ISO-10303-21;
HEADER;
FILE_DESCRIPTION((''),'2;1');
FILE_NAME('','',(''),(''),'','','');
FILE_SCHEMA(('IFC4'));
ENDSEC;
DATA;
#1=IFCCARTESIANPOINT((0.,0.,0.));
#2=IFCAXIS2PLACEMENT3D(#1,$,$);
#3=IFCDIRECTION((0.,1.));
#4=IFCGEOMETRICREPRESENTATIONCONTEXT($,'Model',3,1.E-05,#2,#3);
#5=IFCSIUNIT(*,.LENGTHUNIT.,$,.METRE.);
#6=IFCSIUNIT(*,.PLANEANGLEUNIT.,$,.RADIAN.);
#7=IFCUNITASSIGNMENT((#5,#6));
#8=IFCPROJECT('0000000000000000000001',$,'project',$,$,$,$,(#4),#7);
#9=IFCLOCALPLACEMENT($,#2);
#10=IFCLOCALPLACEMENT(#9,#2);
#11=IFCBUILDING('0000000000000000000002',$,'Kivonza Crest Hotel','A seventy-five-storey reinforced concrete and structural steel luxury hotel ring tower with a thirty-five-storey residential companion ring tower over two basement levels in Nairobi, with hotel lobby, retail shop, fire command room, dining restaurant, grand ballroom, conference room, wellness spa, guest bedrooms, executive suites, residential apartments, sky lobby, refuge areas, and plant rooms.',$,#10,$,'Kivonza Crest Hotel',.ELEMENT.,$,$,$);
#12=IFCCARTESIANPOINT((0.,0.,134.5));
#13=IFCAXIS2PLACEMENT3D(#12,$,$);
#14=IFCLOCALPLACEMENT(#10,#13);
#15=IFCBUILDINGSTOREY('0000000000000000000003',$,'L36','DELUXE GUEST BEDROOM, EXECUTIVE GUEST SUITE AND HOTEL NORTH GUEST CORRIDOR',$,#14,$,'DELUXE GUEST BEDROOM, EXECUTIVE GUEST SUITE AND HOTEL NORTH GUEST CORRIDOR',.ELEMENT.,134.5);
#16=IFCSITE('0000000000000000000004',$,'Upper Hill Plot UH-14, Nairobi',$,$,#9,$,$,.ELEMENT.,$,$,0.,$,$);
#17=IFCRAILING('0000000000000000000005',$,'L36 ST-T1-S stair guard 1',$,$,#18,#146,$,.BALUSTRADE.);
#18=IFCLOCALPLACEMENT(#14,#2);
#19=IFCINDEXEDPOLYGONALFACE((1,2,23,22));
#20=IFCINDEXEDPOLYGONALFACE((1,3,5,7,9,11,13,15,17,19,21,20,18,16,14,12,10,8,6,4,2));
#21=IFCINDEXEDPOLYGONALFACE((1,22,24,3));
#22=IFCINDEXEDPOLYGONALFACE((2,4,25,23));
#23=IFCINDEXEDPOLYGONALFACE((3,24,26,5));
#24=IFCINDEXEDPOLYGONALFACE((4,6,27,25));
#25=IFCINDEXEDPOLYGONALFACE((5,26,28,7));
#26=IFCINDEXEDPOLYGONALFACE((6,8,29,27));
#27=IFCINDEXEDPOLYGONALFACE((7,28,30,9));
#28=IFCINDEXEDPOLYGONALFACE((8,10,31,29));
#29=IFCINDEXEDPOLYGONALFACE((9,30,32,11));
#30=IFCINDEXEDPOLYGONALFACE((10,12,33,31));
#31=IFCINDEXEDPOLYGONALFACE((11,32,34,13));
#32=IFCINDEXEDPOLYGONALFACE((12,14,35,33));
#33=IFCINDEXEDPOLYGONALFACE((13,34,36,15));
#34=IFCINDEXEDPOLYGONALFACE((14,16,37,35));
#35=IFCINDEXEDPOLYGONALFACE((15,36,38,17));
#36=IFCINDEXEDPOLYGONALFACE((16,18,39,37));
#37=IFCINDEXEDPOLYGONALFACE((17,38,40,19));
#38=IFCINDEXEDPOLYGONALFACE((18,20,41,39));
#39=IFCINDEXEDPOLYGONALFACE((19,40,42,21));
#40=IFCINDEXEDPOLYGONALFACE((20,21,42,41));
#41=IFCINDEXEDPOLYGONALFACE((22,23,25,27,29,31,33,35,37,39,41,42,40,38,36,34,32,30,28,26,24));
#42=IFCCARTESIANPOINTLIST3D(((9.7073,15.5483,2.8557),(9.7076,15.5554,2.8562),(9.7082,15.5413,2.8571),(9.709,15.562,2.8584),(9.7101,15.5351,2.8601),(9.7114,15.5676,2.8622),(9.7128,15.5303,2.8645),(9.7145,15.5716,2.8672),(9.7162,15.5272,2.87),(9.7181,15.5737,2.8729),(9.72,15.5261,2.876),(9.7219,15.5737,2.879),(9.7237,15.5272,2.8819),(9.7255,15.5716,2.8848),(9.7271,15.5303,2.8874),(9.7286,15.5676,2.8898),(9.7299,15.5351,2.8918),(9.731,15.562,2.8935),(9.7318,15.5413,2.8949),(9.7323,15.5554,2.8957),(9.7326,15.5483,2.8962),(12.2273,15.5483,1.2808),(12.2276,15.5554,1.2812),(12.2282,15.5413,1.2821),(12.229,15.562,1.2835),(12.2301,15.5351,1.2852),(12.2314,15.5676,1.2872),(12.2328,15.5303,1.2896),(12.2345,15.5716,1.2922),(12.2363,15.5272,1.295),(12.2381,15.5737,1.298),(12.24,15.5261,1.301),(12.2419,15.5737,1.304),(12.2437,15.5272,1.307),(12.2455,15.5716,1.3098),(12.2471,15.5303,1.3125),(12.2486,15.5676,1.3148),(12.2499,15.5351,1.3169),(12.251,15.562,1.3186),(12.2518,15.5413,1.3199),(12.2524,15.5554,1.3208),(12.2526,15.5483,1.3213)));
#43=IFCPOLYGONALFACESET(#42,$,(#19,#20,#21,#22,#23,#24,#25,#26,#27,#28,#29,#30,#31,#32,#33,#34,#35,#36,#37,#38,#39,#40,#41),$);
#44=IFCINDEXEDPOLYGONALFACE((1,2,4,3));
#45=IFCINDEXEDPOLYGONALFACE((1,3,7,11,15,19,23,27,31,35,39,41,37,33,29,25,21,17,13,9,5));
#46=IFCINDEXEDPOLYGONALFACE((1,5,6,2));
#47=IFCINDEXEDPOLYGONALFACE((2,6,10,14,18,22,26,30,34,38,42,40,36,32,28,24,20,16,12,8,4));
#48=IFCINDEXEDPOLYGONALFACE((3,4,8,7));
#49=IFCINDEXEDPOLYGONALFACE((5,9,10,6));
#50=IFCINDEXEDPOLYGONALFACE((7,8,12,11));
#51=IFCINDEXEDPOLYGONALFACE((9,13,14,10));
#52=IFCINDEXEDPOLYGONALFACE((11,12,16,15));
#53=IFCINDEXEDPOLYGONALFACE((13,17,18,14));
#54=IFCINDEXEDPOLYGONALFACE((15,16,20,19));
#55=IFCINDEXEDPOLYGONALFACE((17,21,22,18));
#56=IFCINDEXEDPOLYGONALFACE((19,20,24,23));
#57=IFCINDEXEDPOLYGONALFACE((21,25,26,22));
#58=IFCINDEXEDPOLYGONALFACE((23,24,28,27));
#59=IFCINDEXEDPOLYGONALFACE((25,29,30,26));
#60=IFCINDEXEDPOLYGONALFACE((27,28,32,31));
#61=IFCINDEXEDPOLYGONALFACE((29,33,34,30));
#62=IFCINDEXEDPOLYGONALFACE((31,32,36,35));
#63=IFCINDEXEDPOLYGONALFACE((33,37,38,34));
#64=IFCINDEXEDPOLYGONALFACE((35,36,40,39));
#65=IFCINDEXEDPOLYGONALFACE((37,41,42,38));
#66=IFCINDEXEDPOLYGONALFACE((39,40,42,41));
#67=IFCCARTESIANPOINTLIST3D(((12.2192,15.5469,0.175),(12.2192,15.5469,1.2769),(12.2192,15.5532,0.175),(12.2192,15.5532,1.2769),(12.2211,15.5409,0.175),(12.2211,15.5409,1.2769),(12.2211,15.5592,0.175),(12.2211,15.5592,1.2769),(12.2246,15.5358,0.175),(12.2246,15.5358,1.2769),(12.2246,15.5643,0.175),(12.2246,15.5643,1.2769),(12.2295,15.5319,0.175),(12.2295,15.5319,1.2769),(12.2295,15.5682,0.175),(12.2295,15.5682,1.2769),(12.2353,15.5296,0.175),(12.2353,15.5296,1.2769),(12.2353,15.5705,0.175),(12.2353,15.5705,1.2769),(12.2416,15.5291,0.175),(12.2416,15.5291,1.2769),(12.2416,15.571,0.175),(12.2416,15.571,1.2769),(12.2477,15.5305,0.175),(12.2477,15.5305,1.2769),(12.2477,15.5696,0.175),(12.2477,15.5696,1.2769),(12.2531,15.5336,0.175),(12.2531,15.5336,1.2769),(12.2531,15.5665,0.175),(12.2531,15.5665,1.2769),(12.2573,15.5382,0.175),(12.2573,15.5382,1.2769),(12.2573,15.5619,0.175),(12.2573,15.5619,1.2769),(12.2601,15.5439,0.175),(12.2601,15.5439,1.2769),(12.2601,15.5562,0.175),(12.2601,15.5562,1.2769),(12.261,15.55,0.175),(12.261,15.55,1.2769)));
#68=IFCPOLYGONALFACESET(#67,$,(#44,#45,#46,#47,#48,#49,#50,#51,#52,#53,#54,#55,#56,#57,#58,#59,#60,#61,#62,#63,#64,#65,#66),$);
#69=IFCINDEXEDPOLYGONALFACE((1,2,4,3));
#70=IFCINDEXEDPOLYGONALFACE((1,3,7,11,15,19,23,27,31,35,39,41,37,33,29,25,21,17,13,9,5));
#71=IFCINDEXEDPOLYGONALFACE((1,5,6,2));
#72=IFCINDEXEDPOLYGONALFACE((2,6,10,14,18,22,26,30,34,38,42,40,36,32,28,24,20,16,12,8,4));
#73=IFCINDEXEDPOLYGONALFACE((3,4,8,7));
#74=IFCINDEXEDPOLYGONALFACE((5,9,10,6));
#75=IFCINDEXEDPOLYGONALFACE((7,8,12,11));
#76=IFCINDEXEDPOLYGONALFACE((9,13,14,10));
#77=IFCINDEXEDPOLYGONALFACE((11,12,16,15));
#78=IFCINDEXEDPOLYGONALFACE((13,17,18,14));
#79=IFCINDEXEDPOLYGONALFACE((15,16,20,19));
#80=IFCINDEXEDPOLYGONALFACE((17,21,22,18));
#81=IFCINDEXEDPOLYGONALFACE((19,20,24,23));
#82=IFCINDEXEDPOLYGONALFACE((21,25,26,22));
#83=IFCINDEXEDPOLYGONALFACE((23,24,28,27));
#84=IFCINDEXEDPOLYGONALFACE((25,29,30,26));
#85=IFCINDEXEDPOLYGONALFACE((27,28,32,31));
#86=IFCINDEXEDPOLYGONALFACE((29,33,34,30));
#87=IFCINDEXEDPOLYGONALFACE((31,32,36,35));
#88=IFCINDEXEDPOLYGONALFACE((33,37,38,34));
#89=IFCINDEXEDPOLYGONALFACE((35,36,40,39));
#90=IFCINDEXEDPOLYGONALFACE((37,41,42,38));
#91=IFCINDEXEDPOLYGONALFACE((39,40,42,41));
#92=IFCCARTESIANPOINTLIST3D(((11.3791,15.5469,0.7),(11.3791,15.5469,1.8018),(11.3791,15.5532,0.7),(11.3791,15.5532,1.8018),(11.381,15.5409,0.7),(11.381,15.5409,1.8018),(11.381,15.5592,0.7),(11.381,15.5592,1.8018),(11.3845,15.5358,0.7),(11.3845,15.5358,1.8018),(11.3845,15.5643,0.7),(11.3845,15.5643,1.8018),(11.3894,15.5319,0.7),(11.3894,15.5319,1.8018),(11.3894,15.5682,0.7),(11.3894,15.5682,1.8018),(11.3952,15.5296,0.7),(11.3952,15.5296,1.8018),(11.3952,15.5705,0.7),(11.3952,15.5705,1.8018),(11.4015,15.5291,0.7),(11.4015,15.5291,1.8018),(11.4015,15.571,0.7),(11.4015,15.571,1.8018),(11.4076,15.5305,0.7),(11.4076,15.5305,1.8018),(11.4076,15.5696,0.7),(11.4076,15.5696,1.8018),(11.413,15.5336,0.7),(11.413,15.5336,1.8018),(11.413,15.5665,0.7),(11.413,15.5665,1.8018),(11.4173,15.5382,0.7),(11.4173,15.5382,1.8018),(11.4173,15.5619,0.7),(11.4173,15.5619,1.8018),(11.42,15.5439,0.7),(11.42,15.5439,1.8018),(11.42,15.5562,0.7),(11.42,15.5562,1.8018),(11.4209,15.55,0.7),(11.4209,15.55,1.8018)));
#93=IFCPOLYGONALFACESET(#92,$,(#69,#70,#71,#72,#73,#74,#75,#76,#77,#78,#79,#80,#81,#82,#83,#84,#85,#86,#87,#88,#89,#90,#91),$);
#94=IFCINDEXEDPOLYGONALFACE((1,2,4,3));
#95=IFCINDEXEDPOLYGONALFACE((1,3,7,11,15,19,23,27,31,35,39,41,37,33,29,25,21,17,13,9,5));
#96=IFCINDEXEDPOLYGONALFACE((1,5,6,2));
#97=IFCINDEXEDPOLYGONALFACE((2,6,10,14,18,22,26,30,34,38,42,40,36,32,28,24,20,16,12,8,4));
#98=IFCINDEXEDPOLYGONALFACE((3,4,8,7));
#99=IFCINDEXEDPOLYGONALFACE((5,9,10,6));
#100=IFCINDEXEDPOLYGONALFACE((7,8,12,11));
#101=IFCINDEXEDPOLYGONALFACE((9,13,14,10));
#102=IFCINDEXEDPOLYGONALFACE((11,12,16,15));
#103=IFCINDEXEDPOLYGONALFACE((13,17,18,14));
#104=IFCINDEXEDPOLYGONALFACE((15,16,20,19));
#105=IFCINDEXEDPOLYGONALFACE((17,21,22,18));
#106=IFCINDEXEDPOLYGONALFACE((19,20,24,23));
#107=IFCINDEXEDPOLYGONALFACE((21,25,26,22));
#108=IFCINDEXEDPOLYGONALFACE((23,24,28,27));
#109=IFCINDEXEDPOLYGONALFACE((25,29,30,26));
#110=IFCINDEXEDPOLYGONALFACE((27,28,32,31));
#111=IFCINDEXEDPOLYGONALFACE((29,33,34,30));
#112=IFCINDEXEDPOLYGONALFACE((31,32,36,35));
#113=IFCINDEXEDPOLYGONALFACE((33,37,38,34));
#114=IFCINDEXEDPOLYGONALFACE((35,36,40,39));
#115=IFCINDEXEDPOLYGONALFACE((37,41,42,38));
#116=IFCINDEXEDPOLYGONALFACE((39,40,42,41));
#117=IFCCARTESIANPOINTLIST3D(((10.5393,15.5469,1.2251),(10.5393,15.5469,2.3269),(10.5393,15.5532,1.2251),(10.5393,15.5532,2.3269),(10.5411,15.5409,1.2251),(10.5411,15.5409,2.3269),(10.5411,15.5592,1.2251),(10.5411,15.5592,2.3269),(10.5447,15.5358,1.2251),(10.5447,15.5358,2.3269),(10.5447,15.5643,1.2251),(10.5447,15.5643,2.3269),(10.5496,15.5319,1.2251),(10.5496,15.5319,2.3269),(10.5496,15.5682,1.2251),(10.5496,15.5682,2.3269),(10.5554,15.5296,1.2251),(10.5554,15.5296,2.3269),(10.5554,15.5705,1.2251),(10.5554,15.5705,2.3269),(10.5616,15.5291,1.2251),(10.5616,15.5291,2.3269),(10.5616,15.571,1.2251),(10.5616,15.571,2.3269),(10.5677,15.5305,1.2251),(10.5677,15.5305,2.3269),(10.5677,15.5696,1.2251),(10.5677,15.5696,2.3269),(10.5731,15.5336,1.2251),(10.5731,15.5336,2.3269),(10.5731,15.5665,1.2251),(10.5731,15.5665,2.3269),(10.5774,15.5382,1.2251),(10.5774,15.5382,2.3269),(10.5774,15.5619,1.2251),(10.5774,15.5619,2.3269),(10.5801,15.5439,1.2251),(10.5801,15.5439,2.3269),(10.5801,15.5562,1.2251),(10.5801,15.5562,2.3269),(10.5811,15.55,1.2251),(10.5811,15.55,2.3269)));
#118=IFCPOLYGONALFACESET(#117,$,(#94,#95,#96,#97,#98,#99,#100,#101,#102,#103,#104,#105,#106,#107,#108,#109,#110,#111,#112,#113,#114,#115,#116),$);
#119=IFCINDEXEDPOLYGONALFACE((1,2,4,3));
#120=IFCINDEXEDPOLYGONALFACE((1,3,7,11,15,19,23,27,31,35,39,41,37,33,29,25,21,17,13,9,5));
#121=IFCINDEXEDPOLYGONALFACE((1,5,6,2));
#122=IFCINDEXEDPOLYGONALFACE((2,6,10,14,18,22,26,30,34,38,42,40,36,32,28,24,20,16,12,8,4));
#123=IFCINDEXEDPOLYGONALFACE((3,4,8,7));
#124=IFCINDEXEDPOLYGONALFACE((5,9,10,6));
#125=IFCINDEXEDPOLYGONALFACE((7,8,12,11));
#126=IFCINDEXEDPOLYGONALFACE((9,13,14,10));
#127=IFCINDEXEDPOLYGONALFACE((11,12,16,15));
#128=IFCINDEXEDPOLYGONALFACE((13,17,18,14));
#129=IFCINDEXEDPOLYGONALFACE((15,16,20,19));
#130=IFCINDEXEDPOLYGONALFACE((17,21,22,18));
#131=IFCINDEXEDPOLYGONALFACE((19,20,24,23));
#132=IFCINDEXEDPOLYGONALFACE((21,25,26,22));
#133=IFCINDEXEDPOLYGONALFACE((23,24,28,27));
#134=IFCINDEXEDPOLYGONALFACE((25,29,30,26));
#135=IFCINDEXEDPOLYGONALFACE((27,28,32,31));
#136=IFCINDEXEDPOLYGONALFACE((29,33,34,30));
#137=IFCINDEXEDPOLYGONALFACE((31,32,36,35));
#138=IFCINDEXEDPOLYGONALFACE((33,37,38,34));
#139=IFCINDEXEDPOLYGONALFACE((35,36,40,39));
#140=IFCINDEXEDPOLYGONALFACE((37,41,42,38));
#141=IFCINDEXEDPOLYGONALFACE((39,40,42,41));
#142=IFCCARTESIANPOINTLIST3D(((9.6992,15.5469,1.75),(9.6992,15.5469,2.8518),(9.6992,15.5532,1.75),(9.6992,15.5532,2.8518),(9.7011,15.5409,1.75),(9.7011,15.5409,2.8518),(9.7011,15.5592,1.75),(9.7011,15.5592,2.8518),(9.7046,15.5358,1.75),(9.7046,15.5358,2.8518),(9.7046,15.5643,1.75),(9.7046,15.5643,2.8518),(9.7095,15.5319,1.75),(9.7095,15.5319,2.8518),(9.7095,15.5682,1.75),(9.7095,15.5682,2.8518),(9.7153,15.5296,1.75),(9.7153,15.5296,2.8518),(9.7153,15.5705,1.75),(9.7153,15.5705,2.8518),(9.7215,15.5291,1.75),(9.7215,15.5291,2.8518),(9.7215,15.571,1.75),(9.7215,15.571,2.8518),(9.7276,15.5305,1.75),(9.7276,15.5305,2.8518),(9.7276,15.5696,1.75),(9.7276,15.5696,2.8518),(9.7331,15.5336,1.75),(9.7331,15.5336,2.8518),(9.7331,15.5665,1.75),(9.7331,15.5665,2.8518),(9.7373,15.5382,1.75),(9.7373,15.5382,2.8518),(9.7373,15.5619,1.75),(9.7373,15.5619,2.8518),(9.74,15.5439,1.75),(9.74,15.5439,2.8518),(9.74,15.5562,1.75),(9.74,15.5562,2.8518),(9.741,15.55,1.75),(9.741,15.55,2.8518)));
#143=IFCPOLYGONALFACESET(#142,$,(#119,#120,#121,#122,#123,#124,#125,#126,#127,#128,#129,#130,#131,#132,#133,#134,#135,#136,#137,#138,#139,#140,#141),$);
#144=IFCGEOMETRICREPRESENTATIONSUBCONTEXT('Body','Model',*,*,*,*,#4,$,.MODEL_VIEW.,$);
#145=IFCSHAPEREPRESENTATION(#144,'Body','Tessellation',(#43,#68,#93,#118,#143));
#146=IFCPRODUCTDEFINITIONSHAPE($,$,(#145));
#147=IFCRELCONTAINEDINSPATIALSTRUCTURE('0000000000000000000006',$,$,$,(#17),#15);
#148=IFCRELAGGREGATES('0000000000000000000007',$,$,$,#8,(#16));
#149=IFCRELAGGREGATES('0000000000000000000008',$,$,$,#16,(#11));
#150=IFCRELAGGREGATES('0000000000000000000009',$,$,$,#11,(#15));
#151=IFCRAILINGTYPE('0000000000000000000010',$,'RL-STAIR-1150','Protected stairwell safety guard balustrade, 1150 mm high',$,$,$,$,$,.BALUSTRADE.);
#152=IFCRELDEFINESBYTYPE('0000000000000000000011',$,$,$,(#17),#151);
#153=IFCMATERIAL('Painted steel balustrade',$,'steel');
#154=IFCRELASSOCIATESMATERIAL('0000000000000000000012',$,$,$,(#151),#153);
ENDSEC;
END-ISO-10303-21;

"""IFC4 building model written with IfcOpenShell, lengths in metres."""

from ifc_helpers import new_model, si_unit, direction, frame, origin, origin_2d, place, context, subcontext, project, spatial, circle, extrude, material, type_object, element, save


model = new_model("IFC4")

# Units and contexts
model_context = context("Model", 3, precision=1e-05, world=origin(), true_north=direction((0.0, 1.0)))
body_context = subcontext(model_context, "Body", "Model", "MODEL_VIEW")
ifc_project = project(units=[si_unit("LENGTHUNIT", "METRE"), si_unit("PLANEANGLEUNIT", "RADIAN")], contexts=[model_context])

# Site, building, storey
site_placement = place(None, origin())
site = spatial("IfcSite", under=ifc_project, at=site_placement, Name="Upper Hill Plot UH-14, Nairobi", CompositionType="ELEMENT", RefElevation=0.0)
building_placement = place(site_placement, origin())
building = spatial("IfcBuilding", under=site, at=building_placement, Name="Kivonza Crest Hotel", Description="A seventy-five-storey reinforced concrete and structural steel luxury hotel ring tower with a thirty-five-storey residential companion ring tower over two basement levels in Nairobi, with hotel lobby, retail shop, fire command room, dining restaurant, grand ballroom, conference room, wellness spa, guest bedrooms, executive suites, residential apartments, sky lobby, refuge areas, and plant rooms.", LongName="Kivonza Crest Hotel", CompositionType="ELEMENT")
storey_placement = place(building_placement, frame((0.0, 0.0, 134.5)))
storey = spatial("IfcBuildingStorey", under=building, at=storey_placement, Name="L36", Description="DELUXE GUEST BEDROOM, EXECUTIVE GUEST SUITE AND HOTEL NORTH GUEST CORRIDOR", LongName="DELUXE GUEST BEDROOM, EXECUTIVE GUEST SUITE AND HOTEL NORTH GUEST CORRIDOR", CompositionType="ELEMENT", Elevation=134.5)

# Railing
ifc_material_1 = material(Name="Painted steel balustrade", Category="steel")
railing_type_1 = type_object("IfcRailingType", Name="RL-STAIR-1150", Description="Protected stairwell safety guard balustrade, 1150 mm high", PredefinedType="BALUSTRADE", material=ifc_material_1)
railing_1_placement = place(storey_placement, frame((12.24, 15.55, 0.175)))
element("IfcRailing", 1, at=railing_1_placement, inside=storey, type_object=railing_type_1, Name="L36 ST-T1-S stair guard 1", PredefinedType="BALUSTRADE", context=body_context, shape_type="SweptSolid", body=[
    extrude(circle(Radius=0.0239, at=origin_2d()), frame((0.0, 0.0, 1.126), z_axis=(-0.848008, 0.0, 0.529984), x_axis=(0.0, -1.0, 0.0)), (0.0, 0.0, 1.0), 2.9717),
    extrude(circle(Radius=0.021, at=origin_2d()), origin(), (0.0, 0.0, 1.0), 1.1018),
    extrude(circle(Radius=0.021, at=origin_2d()), frame((-0.8401, 0.0, 0.5249)), (0.0, 0.0, 1.0), 1.1018),
    extrude(circle(Radius=0.021, at=origin_2d()), frame((-1.6799, 0.0, 1.05)), (0.0, 0.0, 1.0), 1.1018),
    extrude(circle(Radius=0.021, at=origin_2d()), frame((-2.52, 0.0, 1.575)), (0.0, 0.0, 1.0), 1.1018),
])

save(model, "model.ifc")
